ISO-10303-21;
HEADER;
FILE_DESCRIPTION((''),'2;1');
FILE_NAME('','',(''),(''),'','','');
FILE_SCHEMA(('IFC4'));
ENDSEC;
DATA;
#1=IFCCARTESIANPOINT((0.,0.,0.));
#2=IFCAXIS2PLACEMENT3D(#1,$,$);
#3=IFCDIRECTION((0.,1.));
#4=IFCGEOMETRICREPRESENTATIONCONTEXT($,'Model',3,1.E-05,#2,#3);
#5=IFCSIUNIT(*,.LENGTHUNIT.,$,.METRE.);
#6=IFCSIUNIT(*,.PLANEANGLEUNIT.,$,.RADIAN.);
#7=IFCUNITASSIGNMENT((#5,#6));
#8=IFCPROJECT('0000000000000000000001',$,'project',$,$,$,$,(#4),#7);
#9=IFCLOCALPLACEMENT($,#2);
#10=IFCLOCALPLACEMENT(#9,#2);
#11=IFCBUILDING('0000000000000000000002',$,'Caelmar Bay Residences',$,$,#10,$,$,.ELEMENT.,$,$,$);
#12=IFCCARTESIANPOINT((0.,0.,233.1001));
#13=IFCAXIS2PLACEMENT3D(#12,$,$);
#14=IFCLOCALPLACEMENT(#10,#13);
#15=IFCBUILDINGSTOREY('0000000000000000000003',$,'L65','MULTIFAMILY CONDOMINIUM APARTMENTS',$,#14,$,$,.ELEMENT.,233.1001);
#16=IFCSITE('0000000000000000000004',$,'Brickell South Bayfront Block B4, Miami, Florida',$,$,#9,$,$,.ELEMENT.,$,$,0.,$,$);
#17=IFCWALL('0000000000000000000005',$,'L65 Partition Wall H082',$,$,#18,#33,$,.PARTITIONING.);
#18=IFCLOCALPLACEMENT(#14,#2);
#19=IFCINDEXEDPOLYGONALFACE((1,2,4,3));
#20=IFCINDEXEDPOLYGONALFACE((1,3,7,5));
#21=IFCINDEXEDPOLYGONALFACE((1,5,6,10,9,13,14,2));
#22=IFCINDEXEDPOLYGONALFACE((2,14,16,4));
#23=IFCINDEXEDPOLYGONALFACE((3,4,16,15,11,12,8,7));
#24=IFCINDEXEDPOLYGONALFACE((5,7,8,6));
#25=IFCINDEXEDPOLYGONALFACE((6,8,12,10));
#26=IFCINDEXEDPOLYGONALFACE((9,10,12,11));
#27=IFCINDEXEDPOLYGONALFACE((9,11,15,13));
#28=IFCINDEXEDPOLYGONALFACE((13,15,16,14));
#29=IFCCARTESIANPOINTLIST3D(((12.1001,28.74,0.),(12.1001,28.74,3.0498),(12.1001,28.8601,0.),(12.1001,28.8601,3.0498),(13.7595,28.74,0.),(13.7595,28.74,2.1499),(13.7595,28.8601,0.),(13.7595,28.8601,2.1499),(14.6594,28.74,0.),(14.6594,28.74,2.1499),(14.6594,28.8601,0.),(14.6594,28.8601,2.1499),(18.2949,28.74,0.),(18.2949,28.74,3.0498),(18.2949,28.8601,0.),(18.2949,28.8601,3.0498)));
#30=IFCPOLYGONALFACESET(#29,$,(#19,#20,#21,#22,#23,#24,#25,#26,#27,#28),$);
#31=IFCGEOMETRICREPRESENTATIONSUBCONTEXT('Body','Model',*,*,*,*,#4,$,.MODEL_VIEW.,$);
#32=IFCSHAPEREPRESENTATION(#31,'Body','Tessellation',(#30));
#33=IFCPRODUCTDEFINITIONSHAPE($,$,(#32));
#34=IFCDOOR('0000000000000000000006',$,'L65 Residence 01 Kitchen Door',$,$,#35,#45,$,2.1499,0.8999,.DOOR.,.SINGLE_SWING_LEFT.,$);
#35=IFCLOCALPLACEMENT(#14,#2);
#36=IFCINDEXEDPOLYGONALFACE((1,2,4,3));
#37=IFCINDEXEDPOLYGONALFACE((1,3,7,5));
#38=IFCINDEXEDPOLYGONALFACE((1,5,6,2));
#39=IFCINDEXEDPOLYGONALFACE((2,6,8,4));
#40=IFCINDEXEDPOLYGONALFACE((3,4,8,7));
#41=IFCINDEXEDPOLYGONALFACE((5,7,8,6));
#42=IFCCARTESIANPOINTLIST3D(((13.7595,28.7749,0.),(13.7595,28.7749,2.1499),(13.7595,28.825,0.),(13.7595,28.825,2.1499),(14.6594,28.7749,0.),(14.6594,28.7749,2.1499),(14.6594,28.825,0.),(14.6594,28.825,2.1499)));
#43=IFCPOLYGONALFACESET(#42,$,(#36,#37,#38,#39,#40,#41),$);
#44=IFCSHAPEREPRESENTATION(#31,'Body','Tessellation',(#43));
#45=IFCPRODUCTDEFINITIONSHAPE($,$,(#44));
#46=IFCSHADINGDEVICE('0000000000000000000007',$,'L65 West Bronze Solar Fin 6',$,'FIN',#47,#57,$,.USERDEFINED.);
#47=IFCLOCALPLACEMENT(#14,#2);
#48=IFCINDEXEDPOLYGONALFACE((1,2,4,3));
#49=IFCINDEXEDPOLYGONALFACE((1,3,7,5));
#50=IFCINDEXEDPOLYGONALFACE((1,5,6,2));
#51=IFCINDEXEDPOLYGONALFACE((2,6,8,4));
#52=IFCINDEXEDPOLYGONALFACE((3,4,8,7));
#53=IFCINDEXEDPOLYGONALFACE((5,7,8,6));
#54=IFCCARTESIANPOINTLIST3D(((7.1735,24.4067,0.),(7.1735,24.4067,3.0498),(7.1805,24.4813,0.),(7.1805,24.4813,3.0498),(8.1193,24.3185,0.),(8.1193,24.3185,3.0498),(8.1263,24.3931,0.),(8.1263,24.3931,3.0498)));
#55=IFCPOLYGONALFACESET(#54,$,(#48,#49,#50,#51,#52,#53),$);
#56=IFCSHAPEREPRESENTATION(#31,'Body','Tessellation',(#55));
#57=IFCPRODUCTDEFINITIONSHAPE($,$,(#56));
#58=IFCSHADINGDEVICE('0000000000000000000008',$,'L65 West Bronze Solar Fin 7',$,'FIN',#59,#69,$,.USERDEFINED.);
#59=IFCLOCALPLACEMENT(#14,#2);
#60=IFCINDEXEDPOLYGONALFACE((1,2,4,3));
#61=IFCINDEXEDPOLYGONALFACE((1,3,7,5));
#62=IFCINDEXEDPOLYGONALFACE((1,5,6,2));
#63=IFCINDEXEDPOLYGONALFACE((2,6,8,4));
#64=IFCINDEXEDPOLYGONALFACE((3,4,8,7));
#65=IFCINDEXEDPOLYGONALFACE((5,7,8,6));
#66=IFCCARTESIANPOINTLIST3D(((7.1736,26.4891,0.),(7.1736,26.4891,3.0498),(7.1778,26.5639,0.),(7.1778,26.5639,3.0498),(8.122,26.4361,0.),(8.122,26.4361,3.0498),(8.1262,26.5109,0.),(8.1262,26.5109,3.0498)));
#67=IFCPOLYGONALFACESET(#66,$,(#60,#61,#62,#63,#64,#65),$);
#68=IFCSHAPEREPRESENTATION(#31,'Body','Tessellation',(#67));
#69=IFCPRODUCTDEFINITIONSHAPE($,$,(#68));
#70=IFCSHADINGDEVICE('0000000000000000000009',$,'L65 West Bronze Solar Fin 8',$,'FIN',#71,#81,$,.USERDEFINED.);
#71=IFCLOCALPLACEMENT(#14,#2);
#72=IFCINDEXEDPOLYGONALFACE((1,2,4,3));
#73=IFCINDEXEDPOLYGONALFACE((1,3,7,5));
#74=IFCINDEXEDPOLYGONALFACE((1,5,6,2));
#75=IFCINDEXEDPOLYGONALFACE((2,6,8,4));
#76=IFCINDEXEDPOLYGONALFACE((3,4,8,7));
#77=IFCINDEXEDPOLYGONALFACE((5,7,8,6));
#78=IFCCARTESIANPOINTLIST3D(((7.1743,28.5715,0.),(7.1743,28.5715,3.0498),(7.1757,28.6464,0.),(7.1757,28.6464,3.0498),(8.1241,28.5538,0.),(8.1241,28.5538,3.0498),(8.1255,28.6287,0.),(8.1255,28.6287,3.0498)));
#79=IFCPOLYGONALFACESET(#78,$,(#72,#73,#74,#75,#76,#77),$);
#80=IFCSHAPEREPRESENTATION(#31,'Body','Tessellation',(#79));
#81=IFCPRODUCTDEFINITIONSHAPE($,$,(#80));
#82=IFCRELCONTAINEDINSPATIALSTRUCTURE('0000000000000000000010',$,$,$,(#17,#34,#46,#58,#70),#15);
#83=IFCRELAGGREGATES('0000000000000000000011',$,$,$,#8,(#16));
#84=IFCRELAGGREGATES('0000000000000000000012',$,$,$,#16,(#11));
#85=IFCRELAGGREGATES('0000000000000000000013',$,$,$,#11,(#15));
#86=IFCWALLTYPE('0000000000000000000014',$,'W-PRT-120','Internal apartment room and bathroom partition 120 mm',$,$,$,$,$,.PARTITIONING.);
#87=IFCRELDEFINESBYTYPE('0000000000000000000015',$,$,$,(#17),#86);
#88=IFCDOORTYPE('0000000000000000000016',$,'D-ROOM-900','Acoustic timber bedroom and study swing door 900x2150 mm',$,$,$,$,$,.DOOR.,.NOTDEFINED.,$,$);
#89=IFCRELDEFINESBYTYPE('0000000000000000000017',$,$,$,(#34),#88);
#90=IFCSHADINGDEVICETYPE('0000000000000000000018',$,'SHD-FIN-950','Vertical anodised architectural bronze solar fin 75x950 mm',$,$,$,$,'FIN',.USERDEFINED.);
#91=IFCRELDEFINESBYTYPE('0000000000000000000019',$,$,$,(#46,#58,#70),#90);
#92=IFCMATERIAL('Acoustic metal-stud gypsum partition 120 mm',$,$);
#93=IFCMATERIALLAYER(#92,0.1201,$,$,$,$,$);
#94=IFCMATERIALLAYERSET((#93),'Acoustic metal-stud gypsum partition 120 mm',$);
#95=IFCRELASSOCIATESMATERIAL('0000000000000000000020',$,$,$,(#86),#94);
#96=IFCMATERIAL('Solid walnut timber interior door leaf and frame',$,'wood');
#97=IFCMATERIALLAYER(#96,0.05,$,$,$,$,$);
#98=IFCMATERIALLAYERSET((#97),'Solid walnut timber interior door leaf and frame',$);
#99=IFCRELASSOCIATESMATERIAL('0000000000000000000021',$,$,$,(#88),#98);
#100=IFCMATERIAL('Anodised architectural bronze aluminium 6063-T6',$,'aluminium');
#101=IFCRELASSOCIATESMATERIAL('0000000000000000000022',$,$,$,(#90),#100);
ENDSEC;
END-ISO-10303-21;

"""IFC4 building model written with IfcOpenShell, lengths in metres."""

from ifc_helpers import new_model, si_unit, direction, frame, frame_2d, origin, origin_2d, place, context, subcontext, project, spatial, rectangle, extrude, material, layer, layer_set, material_profile, profile_set, type_object, element, fill, save


model = new_model("IFC4")

# Units and contexts
model_context = context("Model", 3, precision=1e-05, world=origin(), true_north=direction((0.0, 1.0)))
body_context = subcontext(model_context, "Body", "Model", "MODEL_VIEW")
ifc_project = project(units=[si_unit("LENGTHUNIT", "METRE"), si_unit("PLANEANGLEUNIT", "RADIAN")], contexts=[model_context])

# Site, building, storey
site_placement = place(None, origin())
site = spatial("IfcSite", under=ifc_project, at=site_placement, Name="Brickell South Bayfront Block B4, Miami, Florida", CompositionType="ELEMENT", RefElevation=0.0)
building_placement = place(site_placement, origin())
building = spatial("IfcBuilding", under=site, at=building_placement, Name="Caelmar Bay Residences", CompositionType="ELEMENT")
storey_placement = place(building_placement, frame((0.0, 0.0, 233.1001)))
storey = spatial("IfcBuildingStorey", under=building, at=storey_placement, Name="L65", Description="MULTIFAMILY CONDOMINIUM APARTMENTS", CompositionType="ELEMENT", Elevation=233.1001)

# Shared definitions
ifc_material_1 = material(Name="Acoustic metal-stud gypsum partition 120 mm")
ifc_layer_1 = layer(ifc_material_1, 0.1201)
ifc_layer_set_1 = layer_set([ifc_layer_1], Name="Acoustic metal-stud gypsum partition 120 mm")
wall_type = type_object("IfcWallType", Name="W-PRT-120", Description="Internal apartment room and bathroom partition 120 mm", PredefinedType="PARTITIONING", material=ifc_layer_set_1)

# Shared definitions
ifc_material_2 = material(Name="Solid walnut timber interior door leaf and frame", Category="wood")

# Wall, opening, door
ifc_layer_2 = layer(ifc_material_2, 0.05)
ifc_layer_set_2 = layer_set([ifc_layer_2], Name="Solid walnut timber interior door leaf and frame")
door_type_1 = type_object("IfcDoorType", Name="D-ROOM-900", Description="Acoustic timber bedroom and study swing door 900x2150 mm", OperationType="NOTDEFINED", PredefinedType="DOOR", material=ifc_layer_set_2)
wall_1_placement = place(storey_placement, frame((12.1001, 28.8, 0.0), z_axis=(0.0, 0.0, 1.0), x_axis=(1.0, 0.0, 0.0)))
wall_1 = element("IfcWall", 1, at=wall_1_placement, inside=storey, type_object=wall_type, Name="L65 Partition Wall H082", PredefinedType="PARTITIONING", context=body_context, shape_type="SweptSolid", body=[
    extrude(rectangle(XDim=6.1948, YDim=0.1201, at=frame_2d((3.0974, 0.0))), origin(), (0.0, 0.0, 1.0), 3.0498),
])
opening_1_placement = place(wall_1_placement, frame((1.6594, 0.0, 0.0)))
opening_1 = element("IfcOpeningElement", 2, at=opening_1_placement, cuts=wall_1, PredefinedType="OPENING", context=body_context, shape_type="SweptSolid", body=[
    extrude(rectangle(XDim=0.8999, YDim=2.1499, at=frame_2d((0.45, 1.075))), frame((0.0, 0.0701, 0.0), z_axis=(0.0, -1.0, 0.0), x_axis=(1.0, 0.0, 0.0)), (0.0, 0.0, 1.0), 0.1401),
])
door_1_placement = place(opening_1_placement, origin())
door_1 = element("IfcDoor", 3, at=door_1_placement, inside=storey, type_object=door_type_1, Name="L65 Residence 01 Kitchen Door", OperationType="SINGLE_SWING_LEFT", OverallHeight=2.1499, OverallWidth=0.8999, PredefinedType="DOOR", context=body_context, shape_type="SweptSolid", body=[
    extrude(rectangle(XDim=0.8999, YDim=2.1499, at=frame_2d((0.45, 1.075))), frame((0.0, 0.0249, 0.0), z_axis=(0.0, -1.0, 0.0), x_axis=(1.0, 0.0, 0.0)), (0.0, 0.0, 1.0), 0.05),
])
fill(opening_1, door_1)

# Shading devices
ifc_material_3 = material(Name="Anodised architectural bronze aluminium 6063-T6", Category="aluminium")
ifc_material_profile_1 = material_profile(ifc_material_3, rectangle(XDim=0.075, YDim=0.95, at=origin_2d()), Name="BRONZE-FIN-75X950")
ifc_profile_set_1 = profile_set([ifc_material_profile_1], Name="Anodised architectural bronze aluminium 6063-T6")
shading_device_type = type_object("IfcShadingDeviceType", Name="SHD-FIN-950", Description="Vertical anodised architectural bronze solar fin 75x950 mm", ElementType="FIN", PredefinedType="USERDEFINED", material=ifc_profile_set_1)
for number, where, z_axis, x_axis, name in (
    (4, (7.6499, 24.3999, 0.0), (0.0, 0.0, 1.0), (0.092892, 0.995676, 0.0), "L65 West Bronze Solar Fin 6"),
    (5, (7.6499, 26.5, 0.0), (0.0, 0.0, 1.0), (0.055822, 0.998441, 0.0), "L65 West Bronze Solar Fin 7"),
    (6, (7.6499, 28.6001, 0.0), (0.0, 0.0, 1.0), (0.018674, 0.999826, 0.0), "L65 West Bronze Solar Fin 8"),
):
    element("IfcShadingDevice", number, at=place(storey_placement, frame(where, z_axis=z_axis, x_axis=x_axis)), inside=storey, type_object=shading_device_type, Name=name, ObjectType="FIN", PredefinedType="USERDEFINED", context=body_context, shape_type="SweptSolid", body=[
        extrude(rectangle(XDim=0.075, YDim=0.95, at=origin_2d()), origin(), (0.0, 0.0, 1.0), 3.0498),
    ])

save(model, "model.ifc")
